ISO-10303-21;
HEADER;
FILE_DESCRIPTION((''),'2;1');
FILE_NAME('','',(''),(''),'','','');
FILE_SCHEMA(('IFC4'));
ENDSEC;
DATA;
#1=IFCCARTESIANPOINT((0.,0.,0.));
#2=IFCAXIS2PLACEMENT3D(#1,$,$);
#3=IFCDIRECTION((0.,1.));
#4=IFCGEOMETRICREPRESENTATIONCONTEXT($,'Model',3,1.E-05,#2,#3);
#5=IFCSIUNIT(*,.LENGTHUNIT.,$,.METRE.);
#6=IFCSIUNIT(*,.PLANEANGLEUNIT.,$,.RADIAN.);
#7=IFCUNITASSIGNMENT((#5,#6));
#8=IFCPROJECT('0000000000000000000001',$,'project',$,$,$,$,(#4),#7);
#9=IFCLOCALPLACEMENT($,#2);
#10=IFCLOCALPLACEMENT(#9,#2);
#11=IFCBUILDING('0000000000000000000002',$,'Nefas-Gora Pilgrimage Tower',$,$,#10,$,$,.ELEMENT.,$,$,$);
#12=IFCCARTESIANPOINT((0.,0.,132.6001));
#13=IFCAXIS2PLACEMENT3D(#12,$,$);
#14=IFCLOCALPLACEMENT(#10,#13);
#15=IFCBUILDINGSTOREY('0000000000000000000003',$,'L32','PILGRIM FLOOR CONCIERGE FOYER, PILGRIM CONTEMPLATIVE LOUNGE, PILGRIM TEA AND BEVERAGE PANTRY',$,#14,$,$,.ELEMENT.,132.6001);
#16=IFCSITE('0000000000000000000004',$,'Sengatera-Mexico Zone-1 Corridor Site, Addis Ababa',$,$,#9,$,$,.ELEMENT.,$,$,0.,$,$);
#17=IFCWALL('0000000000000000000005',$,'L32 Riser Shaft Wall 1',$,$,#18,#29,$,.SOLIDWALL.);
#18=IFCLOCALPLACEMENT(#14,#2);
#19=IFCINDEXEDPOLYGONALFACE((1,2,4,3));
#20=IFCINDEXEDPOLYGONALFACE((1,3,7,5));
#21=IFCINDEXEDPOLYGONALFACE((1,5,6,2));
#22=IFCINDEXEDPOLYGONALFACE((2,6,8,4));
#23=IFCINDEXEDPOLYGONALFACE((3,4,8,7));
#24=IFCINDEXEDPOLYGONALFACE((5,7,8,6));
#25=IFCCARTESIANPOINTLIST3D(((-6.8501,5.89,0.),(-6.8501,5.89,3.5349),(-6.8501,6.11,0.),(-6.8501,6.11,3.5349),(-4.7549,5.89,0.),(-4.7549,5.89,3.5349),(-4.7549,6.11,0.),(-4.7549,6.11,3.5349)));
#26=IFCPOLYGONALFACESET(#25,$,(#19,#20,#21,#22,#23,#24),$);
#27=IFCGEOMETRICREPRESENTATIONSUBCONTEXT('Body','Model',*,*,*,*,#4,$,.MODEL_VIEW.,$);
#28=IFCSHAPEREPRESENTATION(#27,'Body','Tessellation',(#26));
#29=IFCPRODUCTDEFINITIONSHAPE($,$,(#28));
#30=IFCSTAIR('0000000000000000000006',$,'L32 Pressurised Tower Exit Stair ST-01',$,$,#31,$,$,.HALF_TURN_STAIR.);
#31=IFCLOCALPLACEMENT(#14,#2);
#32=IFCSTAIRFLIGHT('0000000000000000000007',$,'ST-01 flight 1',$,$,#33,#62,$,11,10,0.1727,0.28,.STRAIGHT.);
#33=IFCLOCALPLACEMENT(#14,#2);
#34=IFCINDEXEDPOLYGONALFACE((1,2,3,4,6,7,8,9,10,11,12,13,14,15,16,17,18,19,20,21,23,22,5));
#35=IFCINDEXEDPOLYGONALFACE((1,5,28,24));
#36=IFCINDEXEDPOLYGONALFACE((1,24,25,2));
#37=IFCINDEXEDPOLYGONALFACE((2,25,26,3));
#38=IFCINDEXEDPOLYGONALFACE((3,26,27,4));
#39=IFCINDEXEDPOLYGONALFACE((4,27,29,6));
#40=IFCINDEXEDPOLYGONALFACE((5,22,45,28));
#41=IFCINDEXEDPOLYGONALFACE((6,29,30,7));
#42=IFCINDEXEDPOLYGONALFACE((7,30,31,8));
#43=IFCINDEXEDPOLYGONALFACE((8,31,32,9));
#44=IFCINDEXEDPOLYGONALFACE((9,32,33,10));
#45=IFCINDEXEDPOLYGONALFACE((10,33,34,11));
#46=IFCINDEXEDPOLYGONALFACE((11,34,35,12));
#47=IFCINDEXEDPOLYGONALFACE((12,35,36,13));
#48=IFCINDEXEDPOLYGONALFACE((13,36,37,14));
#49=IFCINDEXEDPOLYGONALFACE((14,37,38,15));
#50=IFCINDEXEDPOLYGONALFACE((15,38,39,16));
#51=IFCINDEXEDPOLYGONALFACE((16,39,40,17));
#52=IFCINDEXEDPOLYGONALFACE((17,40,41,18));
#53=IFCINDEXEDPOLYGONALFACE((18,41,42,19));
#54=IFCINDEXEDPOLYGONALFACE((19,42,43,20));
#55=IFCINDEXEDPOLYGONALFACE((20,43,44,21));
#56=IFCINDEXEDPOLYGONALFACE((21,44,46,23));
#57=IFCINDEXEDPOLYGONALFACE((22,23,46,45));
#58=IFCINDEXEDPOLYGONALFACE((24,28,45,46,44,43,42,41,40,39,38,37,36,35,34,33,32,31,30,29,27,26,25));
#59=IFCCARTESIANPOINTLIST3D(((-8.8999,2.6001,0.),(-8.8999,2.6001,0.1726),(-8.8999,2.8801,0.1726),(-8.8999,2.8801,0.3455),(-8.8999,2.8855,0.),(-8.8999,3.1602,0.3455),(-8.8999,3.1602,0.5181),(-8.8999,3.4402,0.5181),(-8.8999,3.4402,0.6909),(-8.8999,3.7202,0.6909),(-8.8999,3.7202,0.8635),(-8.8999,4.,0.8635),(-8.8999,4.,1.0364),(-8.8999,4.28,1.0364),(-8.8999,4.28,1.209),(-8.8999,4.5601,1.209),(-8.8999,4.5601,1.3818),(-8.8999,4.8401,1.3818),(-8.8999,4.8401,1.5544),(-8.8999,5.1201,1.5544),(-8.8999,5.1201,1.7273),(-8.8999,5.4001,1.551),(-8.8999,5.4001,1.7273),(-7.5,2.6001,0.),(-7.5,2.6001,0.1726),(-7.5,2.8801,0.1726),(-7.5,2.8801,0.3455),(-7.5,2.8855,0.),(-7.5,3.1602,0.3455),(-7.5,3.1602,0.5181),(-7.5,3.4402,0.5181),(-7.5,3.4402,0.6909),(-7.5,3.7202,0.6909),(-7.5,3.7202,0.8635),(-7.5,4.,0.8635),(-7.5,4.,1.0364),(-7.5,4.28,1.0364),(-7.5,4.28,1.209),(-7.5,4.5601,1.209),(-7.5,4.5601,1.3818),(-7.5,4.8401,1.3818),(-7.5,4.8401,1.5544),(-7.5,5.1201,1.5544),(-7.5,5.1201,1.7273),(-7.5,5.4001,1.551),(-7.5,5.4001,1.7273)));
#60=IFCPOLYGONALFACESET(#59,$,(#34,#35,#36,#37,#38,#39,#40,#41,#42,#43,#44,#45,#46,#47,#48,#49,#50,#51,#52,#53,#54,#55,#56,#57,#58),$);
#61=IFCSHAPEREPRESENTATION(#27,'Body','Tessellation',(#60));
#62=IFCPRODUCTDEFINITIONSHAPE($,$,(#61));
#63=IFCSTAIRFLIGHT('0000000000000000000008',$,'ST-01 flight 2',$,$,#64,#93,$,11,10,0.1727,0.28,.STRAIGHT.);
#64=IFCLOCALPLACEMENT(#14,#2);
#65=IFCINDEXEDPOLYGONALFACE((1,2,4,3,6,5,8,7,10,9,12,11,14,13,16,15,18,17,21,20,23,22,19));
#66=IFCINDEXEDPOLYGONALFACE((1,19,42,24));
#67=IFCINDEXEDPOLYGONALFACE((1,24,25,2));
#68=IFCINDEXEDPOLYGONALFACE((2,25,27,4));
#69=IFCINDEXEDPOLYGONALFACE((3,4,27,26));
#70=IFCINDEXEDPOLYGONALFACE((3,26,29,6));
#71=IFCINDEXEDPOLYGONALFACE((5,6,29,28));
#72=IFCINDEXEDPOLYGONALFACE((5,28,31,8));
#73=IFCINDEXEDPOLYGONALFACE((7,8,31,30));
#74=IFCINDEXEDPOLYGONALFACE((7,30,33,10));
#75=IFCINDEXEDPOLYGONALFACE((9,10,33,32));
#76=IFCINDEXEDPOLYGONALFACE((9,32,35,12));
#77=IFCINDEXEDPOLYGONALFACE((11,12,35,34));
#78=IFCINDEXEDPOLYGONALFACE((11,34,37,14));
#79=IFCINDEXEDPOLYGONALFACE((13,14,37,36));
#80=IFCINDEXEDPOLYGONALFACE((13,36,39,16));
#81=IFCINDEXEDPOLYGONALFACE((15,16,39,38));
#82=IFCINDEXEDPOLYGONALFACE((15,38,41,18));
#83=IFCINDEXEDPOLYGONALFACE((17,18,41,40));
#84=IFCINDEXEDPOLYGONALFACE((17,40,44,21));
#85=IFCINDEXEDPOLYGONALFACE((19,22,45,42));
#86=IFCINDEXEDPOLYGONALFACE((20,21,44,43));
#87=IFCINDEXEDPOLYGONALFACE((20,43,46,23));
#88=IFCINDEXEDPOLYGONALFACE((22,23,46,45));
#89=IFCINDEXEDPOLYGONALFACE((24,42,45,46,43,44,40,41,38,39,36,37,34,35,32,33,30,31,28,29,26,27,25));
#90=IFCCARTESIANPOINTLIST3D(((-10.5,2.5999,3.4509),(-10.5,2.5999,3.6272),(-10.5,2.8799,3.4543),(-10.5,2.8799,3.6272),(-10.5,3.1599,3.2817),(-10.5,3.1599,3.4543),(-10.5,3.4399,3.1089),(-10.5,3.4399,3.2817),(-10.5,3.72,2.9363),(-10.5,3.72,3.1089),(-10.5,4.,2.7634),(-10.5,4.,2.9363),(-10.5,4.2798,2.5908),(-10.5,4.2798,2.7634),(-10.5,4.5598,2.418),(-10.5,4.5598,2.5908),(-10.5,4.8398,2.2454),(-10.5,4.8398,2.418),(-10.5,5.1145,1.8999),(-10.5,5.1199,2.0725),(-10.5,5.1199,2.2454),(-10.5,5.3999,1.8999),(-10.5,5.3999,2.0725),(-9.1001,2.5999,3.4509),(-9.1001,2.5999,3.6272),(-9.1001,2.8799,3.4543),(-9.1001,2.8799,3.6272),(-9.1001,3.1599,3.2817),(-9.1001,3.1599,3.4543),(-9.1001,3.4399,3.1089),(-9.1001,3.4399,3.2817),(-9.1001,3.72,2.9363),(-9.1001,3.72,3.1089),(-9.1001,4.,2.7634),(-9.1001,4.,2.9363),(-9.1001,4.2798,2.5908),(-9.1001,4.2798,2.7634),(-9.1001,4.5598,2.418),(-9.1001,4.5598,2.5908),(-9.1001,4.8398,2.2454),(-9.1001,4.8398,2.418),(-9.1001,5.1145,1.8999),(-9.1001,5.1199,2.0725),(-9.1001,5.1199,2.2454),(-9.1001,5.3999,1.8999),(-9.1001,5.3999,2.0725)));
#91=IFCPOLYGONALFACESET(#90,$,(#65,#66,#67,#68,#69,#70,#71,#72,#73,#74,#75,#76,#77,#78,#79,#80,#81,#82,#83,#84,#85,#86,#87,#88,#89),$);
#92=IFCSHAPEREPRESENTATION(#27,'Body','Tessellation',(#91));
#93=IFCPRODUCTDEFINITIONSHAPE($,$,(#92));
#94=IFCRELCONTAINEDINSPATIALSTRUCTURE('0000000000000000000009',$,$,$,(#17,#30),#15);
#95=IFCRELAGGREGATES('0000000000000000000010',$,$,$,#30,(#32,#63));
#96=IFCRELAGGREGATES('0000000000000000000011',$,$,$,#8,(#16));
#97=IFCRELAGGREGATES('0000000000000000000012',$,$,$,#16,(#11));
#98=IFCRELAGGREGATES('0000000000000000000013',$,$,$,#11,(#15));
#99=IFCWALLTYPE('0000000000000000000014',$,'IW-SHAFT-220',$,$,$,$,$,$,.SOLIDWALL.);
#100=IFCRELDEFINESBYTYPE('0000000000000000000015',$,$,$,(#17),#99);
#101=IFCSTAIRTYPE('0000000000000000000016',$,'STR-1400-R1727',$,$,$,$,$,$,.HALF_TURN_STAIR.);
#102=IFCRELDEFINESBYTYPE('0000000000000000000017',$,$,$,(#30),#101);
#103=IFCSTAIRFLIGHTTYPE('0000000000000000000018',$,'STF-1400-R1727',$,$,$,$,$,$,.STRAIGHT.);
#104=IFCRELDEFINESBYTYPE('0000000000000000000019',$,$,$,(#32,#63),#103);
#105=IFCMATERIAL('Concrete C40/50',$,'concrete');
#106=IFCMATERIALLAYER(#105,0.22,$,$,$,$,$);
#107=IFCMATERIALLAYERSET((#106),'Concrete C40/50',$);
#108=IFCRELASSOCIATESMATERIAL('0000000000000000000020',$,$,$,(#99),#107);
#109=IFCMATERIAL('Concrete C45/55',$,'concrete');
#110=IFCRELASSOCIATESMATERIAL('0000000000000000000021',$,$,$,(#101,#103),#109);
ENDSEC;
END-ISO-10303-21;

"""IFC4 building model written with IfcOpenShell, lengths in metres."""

from ifc_helpers import new_model, si_unit, direction, frame, frame_2d, origin, place, context, subcontext, project, spatial, polyline, rectangle, outline, extrude, source, transform, mapped, material, layer, layer_set, type_object, element, aggregate, save


model = new_model("IFC4")

# Units and contexts
model_context = context("Model", 3, precision=1e-05, world=origin(), true_north=direction((0.0, 1.0)))
body_context = subcontext(model_context, "Body", "Model", "MODEL_VIEW")
ifc_project = project(units=[si_unit("LENGTHUNIT", "METRE"), si_unit("PLANEANGLEUNIT", "RADIAN")], contexts=[model_context])

# Site, building, storey
site_placement = place(None, origin())
site = spatial("IfcSite", under=ifc_project, at=site_placement, Name="Sengatera-Mexico Zone-1 Corridor Site, Addis Ababa", CompositionType="ELEMENT", RefElevation=0.0)
building_placement = place(site_placement, origin())
building = spatial("IfcBuilding", under=site, at=building_placement, Name="Nefas-Gora Pilgrimage Tower", CompositionType="ELEMENT")
storey_placement = place(building_placement, frame((0.0, 0.0, 132.6001)))
storey = spatial("IfcBuildingStorey", under=building, at=storey_placement, Name="L32", Description="PILGRIM FLOOR CONCIERGE FOYER, PILGRIM CONTEMPLATIVE LOUNGE, PILGRIM TEA AND BEVERAGE PANTRY", CompositionType="ELEMENT", Elevation=132.6001)

# Shared definitions
ifc_material_1 = material(Name="Concrete C45/55", Category="concrete")

# Shared definitions
ifc_material_2 = material(Name="Concrete C40/50", Category="concrete")
ifc_layer_1 = layer(ifc_material_2, 0.22)
ifc_layer_set_1 = layer_set([ifc_layer_1], Name="Concrete C40/50")
wall_type_1 = type_object("IfcWallType", Name="IW-SHAFT-220", PredefinedType="SOLIDWALL", material=ifc_layer_set_1)

# Wall
shared_shape_1 = source(origin(), body_context, "Body", "SweptSolid", [
    extrude(rectangle(XDim=2.0952, YDim=0.22, at=frame_2d((1.0476, 0.0))), origin(), (0.0, 0.0, 1.0), 3.5349),
])
wall_1_placement = place(storey_placement, frame((-6.8501, 6.0, 0.0), z_axis=(0.0, 0.0, 1.0), x_axis=(1.0, 0.0, 0.0)))
element("IfcWall", 1, at=wall_1_placement, inside=storey, type_object=wall_type_1, Name="L32 Riser Shaft Wall 1", PredefinedType="SOLIDWALL", context=body_context, shape_type="MappedRepresentation", body=[
    mapped(shared_shape_1, transform((0.0, 0.0, 0.0), x_axis=(1.0, 0.0, 0.0), y_axis=(0.0, 1.0, 0.0), z_axis=(0.0, 0.0, 1.0), scale=1.0)),
])

# Stair, stair flights
stair_type = type_object("IfcStairType", Name="STR-1400-R1727", PredefinedType="HALF_TURN_STAIR", material=ifc_material_1)
stair_placement = place(storey_placement, origin())
stair = element("IfcStair", 2, at=stair_placement, inside=storey, type_object=stair_type, Name="L32 Pressurised Tower Exit Stair ST-01", PredefinedType="HALF_TURN_STAIR")
stair_flight_type = type_object("IfcStairFlightType", Name="STF-1400-R1727", PredefinedType="STRAIGHT", material=ifc_material_1)
shared_shape_2 = source(origin(), body_context, "Body", "SweptSolid", [
    extrude(outline(polyline([(0.0, 0.0), (0.0, 0.1726), (0.28, 0.1726), (0.28, 0.3455), (0.5601, 0.3455), (0.5601, 0.5181), (0.8401, 0.5181), (0.8401, 0.6909), (1.1201, 0.6909), (1.1201, 0.8635), (1.3999, 0.8635), (1.3999, 1.0364), (1.6799, 1.0364), (1.6799, 1.209), (1.96, 1.209), (1.96, 1.3818), (2.24, 1.3818), (2.24, 1.5544), (2.52, 1.5544), (2.52, 1.7273), (2.8, 1.7273), (2.8, 1.8999), (2.8, 1.551), (0.2854, 0.0), (0.0, 0.0)])), frame((0.0, 0.7, 0.0), z_axis=(0.0, -1.0, 0.0), x_axis=(1.0, 0.0, 0.0)), (0.0, 0.0, 1.0), 1.3999),
])
stair_flight_1_placement = place(storey_placement, frame((-8.2, 2.6001, 0.0), z_axis=(0.0, 0.0, 1.0), x_axis=(0.0, 1.0, 0.0)))
stair_flight_1 = element("IfcStairFlight", 3, at=stair_flight_1_placement, type_object=stair_flight_type, Name="ST-01 flight 1", NumberOfRisers=11, NumberOfTreads=10, PredefinedType="STRAIGHT", RiserHeight=0.1727, TreadLength=0.28, context=body_context, shape_type="MappedRepresentation", body=[
    mapped(shared_shape_2, transform((0.0, 0.0, 0.0), x_axis=(1.0, 0.0, 0.0), y_axis=(0.0, 1.0, 0.0), z_axis=(0.0, 0.0, 1.0), scale=1.0)),
])
stair_flight_2_placement = place(storey_placement, frame((-9.8, 5.3999, 1.8999), z_axis=(0.0, 0.0, 1.0), x_axis=(0.0, -1.0, 0.0)))
stair_flight_2 = element("IfcStairFlight", 4, at=stair_flight_2_placement, type_object=stair_flight_type, Name="ST-01 flight 2", NumberOfRisers=11, NumberOfTreads=10, PredefinedType="STRAIGHT", RiserHeight=0.1727, TreadLength=0.28, context=body_context, shape_type="MappedRepresentation", body=[
    mapped(shared_shape_2, transform((0.0, 0.0, 0.0), x_axis=(1.0, 0.0, 0.0), y_axis=(0.0, 1.0, 0.0), z_axis=(0.0, 0.0, 1.0), scale=1.0)),
])
aggregate(stair, [stair_flight_1, stair_flight_2])

save(model, "model.ifc")
